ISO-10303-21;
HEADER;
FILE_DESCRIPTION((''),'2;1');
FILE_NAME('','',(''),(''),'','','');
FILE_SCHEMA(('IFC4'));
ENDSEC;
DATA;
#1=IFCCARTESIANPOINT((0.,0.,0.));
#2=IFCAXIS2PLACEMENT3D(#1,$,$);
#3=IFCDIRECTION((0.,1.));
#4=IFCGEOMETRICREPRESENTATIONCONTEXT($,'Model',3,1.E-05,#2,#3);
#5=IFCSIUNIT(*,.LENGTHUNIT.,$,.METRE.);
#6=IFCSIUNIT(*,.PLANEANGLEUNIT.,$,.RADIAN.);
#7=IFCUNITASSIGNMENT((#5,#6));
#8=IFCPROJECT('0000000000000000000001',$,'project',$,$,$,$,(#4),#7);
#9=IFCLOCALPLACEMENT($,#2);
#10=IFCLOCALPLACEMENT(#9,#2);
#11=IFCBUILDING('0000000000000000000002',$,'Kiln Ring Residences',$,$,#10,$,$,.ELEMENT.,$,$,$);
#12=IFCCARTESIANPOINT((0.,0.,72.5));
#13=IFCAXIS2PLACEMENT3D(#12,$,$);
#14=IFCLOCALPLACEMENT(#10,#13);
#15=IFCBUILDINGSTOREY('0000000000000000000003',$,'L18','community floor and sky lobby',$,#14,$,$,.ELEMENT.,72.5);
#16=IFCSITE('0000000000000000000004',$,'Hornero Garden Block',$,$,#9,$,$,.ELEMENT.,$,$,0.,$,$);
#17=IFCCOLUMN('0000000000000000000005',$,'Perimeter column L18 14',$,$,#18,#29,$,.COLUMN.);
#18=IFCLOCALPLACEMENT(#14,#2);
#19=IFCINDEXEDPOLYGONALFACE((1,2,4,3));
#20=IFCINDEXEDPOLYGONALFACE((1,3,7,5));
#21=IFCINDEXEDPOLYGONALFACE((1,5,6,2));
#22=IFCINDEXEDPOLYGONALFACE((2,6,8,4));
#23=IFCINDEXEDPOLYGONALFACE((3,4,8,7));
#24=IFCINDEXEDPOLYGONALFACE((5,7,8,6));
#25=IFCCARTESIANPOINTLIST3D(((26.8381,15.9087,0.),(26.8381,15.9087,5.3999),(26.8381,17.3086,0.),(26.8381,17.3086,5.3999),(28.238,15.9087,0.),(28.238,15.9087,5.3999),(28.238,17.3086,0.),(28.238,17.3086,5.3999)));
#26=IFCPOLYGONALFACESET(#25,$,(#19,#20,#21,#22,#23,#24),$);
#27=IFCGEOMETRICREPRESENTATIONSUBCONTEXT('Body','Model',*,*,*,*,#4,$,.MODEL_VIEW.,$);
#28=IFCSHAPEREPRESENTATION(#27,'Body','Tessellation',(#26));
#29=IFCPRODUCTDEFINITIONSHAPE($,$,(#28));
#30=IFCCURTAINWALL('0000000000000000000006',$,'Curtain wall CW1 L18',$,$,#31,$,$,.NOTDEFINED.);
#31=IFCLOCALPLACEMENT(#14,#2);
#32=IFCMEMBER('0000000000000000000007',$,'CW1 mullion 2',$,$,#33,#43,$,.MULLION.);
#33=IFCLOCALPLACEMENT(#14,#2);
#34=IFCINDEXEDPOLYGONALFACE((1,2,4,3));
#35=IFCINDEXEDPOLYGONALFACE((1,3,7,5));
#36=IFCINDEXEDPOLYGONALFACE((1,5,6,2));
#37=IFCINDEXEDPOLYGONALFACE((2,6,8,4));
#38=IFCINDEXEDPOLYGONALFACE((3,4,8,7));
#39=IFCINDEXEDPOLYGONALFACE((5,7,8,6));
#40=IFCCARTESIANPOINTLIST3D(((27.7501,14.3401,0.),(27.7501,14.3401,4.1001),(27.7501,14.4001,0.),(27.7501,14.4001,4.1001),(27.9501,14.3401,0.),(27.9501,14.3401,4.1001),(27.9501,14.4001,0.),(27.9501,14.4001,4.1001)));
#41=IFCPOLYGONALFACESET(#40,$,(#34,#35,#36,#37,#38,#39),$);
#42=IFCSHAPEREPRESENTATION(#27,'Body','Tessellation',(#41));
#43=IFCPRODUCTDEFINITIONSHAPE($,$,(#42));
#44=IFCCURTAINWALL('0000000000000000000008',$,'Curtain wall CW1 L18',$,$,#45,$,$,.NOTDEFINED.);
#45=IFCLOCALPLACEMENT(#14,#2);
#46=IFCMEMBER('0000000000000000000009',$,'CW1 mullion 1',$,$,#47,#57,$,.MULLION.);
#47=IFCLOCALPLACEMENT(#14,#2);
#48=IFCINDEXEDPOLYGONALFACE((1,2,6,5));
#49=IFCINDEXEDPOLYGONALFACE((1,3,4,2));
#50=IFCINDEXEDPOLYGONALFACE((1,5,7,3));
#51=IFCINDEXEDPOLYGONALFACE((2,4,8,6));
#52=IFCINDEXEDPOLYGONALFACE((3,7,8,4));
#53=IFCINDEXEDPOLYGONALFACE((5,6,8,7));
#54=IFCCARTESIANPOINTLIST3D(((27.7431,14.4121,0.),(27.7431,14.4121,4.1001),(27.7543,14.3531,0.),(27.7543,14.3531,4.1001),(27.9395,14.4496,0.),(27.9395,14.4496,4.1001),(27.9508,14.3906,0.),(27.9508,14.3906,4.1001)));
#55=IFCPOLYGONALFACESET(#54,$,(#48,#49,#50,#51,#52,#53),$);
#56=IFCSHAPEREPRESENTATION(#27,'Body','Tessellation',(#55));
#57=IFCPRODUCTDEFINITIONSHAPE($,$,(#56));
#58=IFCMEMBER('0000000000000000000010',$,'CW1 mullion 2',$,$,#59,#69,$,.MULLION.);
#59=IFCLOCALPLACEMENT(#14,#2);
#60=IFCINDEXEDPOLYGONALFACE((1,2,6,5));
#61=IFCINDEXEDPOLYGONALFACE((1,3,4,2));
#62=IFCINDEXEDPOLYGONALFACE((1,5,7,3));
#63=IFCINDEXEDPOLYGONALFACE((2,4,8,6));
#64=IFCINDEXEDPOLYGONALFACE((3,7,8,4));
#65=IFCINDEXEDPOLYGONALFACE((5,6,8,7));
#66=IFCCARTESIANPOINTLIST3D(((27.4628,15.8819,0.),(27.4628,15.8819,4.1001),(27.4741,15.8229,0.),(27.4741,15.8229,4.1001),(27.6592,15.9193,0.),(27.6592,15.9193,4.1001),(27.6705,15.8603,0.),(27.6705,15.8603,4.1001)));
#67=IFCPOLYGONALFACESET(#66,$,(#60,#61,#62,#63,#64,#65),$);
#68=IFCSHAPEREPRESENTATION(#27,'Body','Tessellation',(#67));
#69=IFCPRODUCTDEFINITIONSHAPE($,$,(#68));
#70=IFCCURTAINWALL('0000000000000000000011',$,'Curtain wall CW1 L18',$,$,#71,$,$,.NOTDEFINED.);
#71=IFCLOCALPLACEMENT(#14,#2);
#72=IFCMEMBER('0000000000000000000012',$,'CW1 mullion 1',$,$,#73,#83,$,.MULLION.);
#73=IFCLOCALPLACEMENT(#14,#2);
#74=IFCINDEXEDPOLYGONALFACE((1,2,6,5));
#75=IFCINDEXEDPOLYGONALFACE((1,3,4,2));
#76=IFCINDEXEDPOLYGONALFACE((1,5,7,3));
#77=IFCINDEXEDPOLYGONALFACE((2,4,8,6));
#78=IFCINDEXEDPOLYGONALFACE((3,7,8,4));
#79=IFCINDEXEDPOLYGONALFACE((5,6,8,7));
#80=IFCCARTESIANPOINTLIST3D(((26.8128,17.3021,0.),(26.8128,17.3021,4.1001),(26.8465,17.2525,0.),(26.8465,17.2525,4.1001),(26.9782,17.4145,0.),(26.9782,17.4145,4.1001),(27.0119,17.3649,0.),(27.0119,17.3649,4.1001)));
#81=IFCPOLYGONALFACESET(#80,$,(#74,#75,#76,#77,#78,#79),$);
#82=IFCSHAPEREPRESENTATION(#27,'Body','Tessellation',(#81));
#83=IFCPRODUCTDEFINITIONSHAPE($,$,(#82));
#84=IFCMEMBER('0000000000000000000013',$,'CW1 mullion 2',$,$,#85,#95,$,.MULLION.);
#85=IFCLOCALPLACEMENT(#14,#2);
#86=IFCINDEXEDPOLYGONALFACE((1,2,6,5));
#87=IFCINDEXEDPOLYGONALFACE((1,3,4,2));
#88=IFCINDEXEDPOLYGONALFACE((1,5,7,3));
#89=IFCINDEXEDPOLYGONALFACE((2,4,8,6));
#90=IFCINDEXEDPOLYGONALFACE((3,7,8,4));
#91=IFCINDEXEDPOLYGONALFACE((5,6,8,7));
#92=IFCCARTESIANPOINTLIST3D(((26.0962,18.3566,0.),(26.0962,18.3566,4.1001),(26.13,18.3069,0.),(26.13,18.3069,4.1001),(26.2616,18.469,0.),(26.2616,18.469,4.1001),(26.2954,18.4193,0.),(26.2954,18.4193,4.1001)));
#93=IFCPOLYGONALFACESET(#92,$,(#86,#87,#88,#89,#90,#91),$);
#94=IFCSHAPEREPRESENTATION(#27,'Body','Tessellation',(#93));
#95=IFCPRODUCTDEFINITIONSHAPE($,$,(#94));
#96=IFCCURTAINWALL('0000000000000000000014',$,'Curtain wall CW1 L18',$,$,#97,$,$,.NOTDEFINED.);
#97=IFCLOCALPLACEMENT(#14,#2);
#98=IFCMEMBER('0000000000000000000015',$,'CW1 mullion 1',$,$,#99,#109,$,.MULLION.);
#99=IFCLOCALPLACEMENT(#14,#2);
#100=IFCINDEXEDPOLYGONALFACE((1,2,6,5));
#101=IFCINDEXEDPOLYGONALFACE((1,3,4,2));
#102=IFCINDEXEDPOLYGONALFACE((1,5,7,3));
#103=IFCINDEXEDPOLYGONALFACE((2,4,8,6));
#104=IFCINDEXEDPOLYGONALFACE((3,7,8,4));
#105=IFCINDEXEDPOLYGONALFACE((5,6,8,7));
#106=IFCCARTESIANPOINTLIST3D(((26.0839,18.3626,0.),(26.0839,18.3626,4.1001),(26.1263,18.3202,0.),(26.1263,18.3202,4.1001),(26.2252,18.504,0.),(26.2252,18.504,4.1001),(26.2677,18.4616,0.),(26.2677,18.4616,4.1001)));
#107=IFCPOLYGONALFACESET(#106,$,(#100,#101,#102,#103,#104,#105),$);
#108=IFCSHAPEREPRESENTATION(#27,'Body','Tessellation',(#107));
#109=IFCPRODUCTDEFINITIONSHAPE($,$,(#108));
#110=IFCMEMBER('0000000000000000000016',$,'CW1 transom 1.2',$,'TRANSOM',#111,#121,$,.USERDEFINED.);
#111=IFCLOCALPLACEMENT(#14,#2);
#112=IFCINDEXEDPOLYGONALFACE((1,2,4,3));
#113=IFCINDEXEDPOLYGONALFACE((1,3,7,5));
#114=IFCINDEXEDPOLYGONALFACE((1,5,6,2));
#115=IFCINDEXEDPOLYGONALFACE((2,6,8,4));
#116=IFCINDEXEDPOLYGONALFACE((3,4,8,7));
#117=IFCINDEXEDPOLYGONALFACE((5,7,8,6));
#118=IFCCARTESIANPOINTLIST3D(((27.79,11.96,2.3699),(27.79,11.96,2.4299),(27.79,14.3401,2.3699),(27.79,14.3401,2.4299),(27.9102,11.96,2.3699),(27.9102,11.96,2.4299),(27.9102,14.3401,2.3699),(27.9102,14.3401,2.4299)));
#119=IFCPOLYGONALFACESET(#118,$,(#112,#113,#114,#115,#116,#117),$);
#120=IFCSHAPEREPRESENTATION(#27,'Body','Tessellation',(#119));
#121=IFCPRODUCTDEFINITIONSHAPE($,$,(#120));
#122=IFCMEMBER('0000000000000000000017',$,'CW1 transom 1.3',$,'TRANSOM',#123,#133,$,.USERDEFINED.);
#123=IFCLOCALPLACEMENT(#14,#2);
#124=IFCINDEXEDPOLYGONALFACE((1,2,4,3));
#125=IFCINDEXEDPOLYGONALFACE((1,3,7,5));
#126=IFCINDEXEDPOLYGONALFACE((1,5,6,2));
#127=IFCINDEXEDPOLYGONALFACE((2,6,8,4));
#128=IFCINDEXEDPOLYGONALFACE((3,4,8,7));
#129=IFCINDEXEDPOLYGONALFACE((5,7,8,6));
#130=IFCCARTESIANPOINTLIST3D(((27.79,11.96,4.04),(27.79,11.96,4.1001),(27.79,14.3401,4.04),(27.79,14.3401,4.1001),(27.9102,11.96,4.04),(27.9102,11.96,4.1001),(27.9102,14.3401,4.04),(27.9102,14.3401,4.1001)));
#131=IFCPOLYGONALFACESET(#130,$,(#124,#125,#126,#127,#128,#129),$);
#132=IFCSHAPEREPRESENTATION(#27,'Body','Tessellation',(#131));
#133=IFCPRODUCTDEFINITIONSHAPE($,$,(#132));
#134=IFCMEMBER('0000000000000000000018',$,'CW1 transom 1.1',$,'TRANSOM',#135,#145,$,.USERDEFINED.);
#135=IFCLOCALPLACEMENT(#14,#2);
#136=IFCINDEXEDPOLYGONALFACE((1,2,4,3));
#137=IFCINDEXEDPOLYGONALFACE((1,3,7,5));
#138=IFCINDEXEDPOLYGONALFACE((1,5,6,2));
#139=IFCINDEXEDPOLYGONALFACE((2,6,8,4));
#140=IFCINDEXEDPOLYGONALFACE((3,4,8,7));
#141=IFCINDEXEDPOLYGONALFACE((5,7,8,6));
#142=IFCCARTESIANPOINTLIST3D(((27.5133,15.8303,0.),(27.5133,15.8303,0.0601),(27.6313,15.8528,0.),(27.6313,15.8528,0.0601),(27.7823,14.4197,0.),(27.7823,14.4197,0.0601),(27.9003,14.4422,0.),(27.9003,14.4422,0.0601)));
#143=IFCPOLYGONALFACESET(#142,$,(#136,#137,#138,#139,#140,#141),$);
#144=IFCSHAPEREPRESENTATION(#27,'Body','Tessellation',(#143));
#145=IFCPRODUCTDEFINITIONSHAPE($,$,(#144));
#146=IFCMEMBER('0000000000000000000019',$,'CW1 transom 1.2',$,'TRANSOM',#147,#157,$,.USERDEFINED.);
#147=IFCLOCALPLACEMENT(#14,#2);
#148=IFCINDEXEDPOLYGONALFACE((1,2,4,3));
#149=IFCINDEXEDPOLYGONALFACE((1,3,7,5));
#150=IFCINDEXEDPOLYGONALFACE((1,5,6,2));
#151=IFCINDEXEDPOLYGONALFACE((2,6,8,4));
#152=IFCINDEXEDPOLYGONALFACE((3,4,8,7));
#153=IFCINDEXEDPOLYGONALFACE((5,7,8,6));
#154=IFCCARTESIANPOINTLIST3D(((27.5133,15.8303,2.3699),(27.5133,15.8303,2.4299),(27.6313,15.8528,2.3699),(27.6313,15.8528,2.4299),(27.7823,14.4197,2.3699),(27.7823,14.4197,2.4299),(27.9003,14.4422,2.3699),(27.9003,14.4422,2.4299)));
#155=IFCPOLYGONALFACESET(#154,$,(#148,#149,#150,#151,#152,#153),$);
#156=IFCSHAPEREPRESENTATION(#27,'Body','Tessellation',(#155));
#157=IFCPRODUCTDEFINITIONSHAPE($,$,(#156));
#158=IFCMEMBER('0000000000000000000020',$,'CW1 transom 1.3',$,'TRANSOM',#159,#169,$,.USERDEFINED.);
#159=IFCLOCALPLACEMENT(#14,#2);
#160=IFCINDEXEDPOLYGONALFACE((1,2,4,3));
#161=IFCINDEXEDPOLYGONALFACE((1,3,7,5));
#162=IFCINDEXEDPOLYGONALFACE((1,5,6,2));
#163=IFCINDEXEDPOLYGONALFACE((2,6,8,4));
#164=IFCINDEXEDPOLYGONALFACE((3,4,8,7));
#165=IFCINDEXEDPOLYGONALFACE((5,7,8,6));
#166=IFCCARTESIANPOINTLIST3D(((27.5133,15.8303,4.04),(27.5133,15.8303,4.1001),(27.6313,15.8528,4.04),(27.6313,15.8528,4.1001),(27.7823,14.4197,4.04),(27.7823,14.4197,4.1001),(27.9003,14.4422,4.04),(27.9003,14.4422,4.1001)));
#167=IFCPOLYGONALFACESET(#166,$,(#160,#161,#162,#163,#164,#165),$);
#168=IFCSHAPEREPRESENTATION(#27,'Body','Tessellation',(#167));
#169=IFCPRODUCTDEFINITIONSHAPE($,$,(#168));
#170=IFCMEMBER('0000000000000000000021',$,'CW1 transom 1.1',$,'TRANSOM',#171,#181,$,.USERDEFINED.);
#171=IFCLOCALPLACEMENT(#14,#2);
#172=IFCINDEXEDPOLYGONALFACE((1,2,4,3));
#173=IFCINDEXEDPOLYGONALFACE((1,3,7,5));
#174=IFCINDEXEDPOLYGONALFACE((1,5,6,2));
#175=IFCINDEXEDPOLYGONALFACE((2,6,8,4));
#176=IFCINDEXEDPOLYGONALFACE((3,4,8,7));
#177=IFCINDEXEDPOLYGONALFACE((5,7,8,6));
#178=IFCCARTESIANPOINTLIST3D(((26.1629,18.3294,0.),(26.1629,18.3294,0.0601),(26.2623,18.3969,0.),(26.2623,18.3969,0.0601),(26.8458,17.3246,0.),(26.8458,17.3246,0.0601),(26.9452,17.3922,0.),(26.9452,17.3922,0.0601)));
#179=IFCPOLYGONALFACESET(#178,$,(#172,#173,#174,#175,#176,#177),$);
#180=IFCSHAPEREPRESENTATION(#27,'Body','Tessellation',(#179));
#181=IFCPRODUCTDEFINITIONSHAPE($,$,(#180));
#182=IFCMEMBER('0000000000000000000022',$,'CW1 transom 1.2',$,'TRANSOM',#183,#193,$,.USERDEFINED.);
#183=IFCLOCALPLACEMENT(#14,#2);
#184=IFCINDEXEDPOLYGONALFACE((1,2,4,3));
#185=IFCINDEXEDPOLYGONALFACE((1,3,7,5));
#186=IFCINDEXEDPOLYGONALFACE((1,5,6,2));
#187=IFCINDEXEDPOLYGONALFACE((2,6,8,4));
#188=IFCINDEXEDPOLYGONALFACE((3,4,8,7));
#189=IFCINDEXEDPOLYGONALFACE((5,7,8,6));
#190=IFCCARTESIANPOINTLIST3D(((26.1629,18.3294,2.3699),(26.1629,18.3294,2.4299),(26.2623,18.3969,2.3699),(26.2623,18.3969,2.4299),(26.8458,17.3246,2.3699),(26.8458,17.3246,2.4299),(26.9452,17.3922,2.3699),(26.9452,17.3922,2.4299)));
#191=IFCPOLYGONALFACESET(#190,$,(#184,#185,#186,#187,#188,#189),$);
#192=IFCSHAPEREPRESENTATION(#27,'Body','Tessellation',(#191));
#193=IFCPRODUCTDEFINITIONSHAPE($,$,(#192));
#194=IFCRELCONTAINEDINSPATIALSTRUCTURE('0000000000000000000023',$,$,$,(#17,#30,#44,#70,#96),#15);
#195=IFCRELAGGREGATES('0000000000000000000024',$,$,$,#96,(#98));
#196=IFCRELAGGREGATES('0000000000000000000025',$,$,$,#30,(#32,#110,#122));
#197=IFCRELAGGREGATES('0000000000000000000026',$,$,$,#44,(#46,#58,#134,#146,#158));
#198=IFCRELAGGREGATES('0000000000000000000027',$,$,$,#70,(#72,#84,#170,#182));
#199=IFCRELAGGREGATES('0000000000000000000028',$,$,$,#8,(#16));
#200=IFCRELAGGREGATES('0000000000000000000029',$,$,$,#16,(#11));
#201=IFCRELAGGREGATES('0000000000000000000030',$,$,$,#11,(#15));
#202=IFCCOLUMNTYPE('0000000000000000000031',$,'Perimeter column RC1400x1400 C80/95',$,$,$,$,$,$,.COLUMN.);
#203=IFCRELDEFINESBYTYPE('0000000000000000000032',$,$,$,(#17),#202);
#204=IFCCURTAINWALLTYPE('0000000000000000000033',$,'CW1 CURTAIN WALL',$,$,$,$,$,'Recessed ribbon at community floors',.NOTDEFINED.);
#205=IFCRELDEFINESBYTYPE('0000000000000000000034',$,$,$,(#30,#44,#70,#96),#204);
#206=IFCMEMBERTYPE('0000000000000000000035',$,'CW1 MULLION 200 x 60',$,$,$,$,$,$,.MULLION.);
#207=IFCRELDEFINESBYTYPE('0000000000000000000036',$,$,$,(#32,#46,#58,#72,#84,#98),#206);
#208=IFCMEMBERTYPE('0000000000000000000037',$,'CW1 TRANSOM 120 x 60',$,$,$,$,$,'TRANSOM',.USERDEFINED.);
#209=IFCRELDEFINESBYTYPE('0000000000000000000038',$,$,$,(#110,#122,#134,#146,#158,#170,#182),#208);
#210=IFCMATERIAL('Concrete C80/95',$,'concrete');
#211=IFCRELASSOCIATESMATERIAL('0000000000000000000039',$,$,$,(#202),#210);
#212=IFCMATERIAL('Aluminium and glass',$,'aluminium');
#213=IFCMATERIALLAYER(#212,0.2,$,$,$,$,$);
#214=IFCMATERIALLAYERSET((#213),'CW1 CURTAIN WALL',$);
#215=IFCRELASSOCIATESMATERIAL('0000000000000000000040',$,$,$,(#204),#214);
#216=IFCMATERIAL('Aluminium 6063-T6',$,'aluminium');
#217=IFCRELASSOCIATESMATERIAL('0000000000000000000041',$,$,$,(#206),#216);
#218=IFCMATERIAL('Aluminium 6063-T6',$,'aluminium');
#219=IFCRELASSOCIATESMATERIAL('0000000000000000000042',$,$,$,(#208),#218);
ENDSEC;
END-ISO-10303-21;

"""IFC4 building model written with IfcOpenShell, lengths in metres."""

from ifc_helpers import new_model, si_unit, direction, frame, origin, origin_2d, place, context, subcontext, project, spatial, rectangle, extrude, material, layer, layer_set, material_profile, profile_set, type_object, element, aggregate, save


model = new_model("IFC4")

# Units and contexts
model_context = context("Model", 3, precision=1e-05, world=origin(), true_north=direction((0.0, 1.0)))
body_context = subcontext(model_context, "Body", "Model", "MODEL_VIEW")
ifc_project = project(units=[si_unit("LENGTHUNIT", "METRE"), si_unit("PLANEANGLEUNIT", "RADIAN")], contexts=[model_context])

# Site, building, storey
site_placement = place(None, origin())
site = spatial("IfcSite", under=ifc_project, at=site_placement, Name="Hornero Garden Block", CompositionType="ELEMENT", RefElevation=0.0)
building_placement = place(site_placement, origin())
building = spatial("IfcBuilding", under=site, at=building_placement, Name="Kiln Ring Residences", CompositionType="ELEMENT")
storey_placement = place(building_placement, frame((0.0, 0.0, 72.5)))
storey = spatial("IfcBuildingStorey", under=building, at=storey_placement, Name="L18", Description="community floor and sky lobby", CompositionType="ELEMENT", Elevation=72.5)

# Column
ifc_material_1 = material(Name="Concrete C80/95", Category="concrete")
ifc_material_profile_1 = material_profile(ifc_material_1, rectangle(XDim=1.3999, YDim=1.3999, at=origin_2d()), Name="RC1400x1400")
ifc_profile_set_1 = profile_set([ifc_material_profile_1], Name="Concrete C80/95")
column_type = type_object("IfcColumnType", Name="Perimeter column RC1400x1400 C80/95", PredefinedType="COLUMN", material=ifc_profile_set_1)
column_placement = place(storey_placement, frame((27.5381, 16.6086, 0.0), z_axis=(0.0, 0.0, 1.0), x_axis=(1.0, 0.0, 0.0)))
element("IfcColumn", 1, at=column_placement, inside=storey, type_object=column_type, Name="Perimeter column L18 14", PredefinedType="COLUMN", context=body_context, shape_type="SweptSolid", body=[
    extrude(rectangle(XDim=1.3999, YDim=1.3999, at=origin_2d()), origin(), (0.0, 0.0, 1.0), 5.3999),
])

# Curtain wall, member
ifc_material_2 = material(Name="Aluminium and glass", Category="aluminium")
ifc_layer_1 = layer(ifc_material_2, 0.2)
ifc_layer_set_1 = layer_set([ifc_layer_1], Name="CW1 CURTAIN WALL")
curtain_wall_type = type_object("IfcCurtainWallType", Name="CW1 CURTAIN WALL", ElementType="Recessed ribbon at community floors", PredefinedType="NOTDEFINED", material=ifc_layer_set_1)
placement = place(storey_placement, origin())
curtain_wall_1 = element("IfcCurtainWall", 2, at=placement, inside=storey, type_object=curtain_wall_type, Name="Curtain wall CW1 L18", PredefinedType="NOTDEFINED")
ifc_material_3 = material(Name="Aluminium 6063-T6", Category="aluminium")
ifc_material_profile_2 = material_profile(ifc_material_3, rectangle(XDim=0.2, YDim=0.0601, at=origin_2d()), Name="AL 200x60")
ifc_profile_set_2 = profile_set([ifc_material_profile_2], Name="Aluminium 6063-T6")
member_type_1 = type_object("IfcMemberType", Name="CW1 MULLION 200 x 60", PredefinedType="MULLION", material=ifc_profile_set_2)
member_1_placement = place(storey_placement, frame((27.8501, 14.3701, 0.0), z_axis=(0.0, 0.0, 1.0), x_axis=(-1.0, 0.0, 0.0)))
member_1 = element("IfcMember", 3, at=member_1_placement, type_object=member_type_1, Name="CW1 mullion 2", PredefinedType="MULLION", context=body_context, shape_type="SweptSolid", body=[
    extrude(rectangle(XDim=0.2, YDim=0.0601, at=origin_2d()), origin(), (0.0, 0.0, 1.0), 4.1001),
])

# Curtain walls, members
curtain_wall_2 = element("IfcCurtainWall", 4, at=placement, inside=storey, type_object=curtain_wall_type, Name="Curtain wall CW1 L18", PredefinedType="NOTDEFINED")
member_2_placement = place(storey_placement, frame((27.8469, 14.4014, 0.0), z_axis=(0.0, 0.0, 1.0), x_axis=(-0.98229, -0.187366, 0.0)))
member_2 = element("IfcMember", 5, at=member_2_placement, type_object=member_type_1, Name="CW1 mullion 1", PredefinedType="MULLION", context=body_context, shape_type="SweptSolid", body=[
    extrude(rectangle(XDim=0.2, YDim=0.0601, at=origin_2d()), origin(), (0.0, 0.0, 1.0), 4.1001),
])
member_3_placement = place(storey_placement, frame((27.5667, 15.8711, 0.0), z_axis=(0.0, 0.0, 1.0), x_axis=(-0.98229, -0.187366, 0.0)))
member_3 = element("IfcMember", 6, at=member_3_placement, type_object=member_type_1, Name="CW1 mullion 2", PredefinedType="MULLION", context=body_context, shape_type="SweptSolid", body=[
    extrude(rectangle(XDim=0.2, YDim=0.0601, at=origin_2d()), origin(), (0.0, 0.0, 1.0), 4.1001),
])
curtain_wall_3 = element("IfcCurtainWall", 7, at=placement, inside=storey, type_object=curtain_wall_type, Name="Curtain wall CW1 L18", PredefinedType="NOTDEFINED")
member_4_placement = place(storey_placement, frame((26.9124, 17.3335, 0.0), z_axis=(0.0, 0.0, 1.0), x_axis=(-0.827072, -0.562097, 0.0)))
member_4 = element("IfcMember", 8, at=member_4_placement, type_object=member_type_1, Name="CW1 mullion 1", PredefinedType="MULLION", context=body_context, shape_type="SweptSolid", body=[
    extrude(rectangle(XDim=0.2, YDim=0.0601, at=origin_2d()), origin(), (0.0, 0.0, 1.0), 4.1001),
])
member_5_placement = place(storey_placement, frame((26.1958, 18.3879, 0.0), z_axis=(0.0, 0.0, 1.0), x_axis=(-0.827072, -0.562097, 0.0)))
member_5 = element("IfcMember", 9, at=member_5_placement, type_object=member_type_1, Name="CW1 mullion 2", PredefinedType="MULLION", context=body_context, shape_type="SweptSolid", body=[
    extrude(rectangle(XDim=0.2, YDim=0.0601, at=origin_2d()), origin(), (0.0, 0.0, 1.0), 4.1001),
])

# Curtain wall, member
curtain_wall_4 = element("IfcCurtainWall", 10, at=placement, inside=storey, type_object=curtain_wall_type, Name="Curtain wall CW1 L18", PredefinedType="NOTDEFINED")
member_6_placement = place(storey_placement, frame((26.1758, 18.4121, 0.0), z_axis=(0.0, 0.0, 1.0), x_axis=(-0.707107, -0.707107, 0.0)))
member_6 = element("IfcMember", 11, at=member_6_placement, type_object=member_type_1, Name="CW1 mullion 1", PredefinedType="MULLION", context=body_context, shape_type="SweptSolid", body=[
    extrude(rectangle(XDim=0.2, YDim=0.0601, at=origin_2d()), origin(), (0.0, 0.0, 1.0), 4.1001),
])
aggregate(curtain_wall_4, [member_6])

# Members
ifc_material_4 = material(Name="Aluminium 6063-T6", Category="aluminium")
ifc_material_profile_3 = material_profile(ifc_material_4, rectangle(XDim=0.1201, YDim=0.0601, at=origin_2d()), Name="AL 120x60")
ifc_profile_set_3 = profile_set([ifc_material_profile_3], Name="Aluminium 6063-T6")
member_type_2 = type_object("IfcMemberType", Name="CW1 TRANSOM 120 x 60", ElementType="TRANSOM", PredefinedType="USERDEFINED", material=ifc_profile_set_3)
member_7_placement = place(storey_placement, frame((27.8501, 11.96, 2.3999), z_axis=(0.0, 1.0, 0.0), x_axis=(-1.0, 0.0, 0.0)))
member_7 = element("IfcMember", 12, at=member_7_placement, type_object=member_type_2, Name="CW1 transom 1.2", ObjectType="TRANSOM", PredefinedType="USERDEFINED", context=body_context, shape_type="SweptSolid", body=[
    extrude(rectangle(XDim=0.1201, YDim=0.0601, at=origin_2d()), origin(), (0.0, 0.0, 1.0), 2.3801),
])
member_8_placement = place(storey_placement, frame((27.8501, 11.96, 4.0701), z_axis=(0.0, 1.0, 0.0), x_axis=(-1.0, 0.0, 0.0)))
member_8 = element("IfcMember", 13, at=member_8_placement, type_object=member_type_2, Name="CW1 transom 1.3", ObjectType="TRANSOM", PredefinedType="USERDEFINED", context=body_context, shape_type="SweptSolid", body=[
    extrude(rectangle(XDim=0.1201, YDim=0.0601, at=origin_2d()), origin(), (0.0, 0.0, 1.0), 2.3801),
])
member_9_placement = place(storey_placement, frame((27.8413, 14.4309, 0.03), z_axis=(-0.187346, 0.982294, 0.0), x_axis=(-0.982294, -0.187346, 0.0)))
member_9 = element("IfcMember", 14, at=member_9_placement, type_object=member_type_2, Name="CW1 transom 1.1", ObjectType="TRANSOM", PredefinedType="USERDEFINED", context=body_context, shape_type="SweptSolid", body=[
    extrude(rectangle(XDim=0.1201, YDim=0.0601, at=origin_2d()), origin(), (0.0, 0.0, 1.0), 1.436),
])
member_10_placement = place(storey_placement, frame((27.8413, 14.4309, 2.3999), z_axis=(-0.187346, 0.982294, 0.0), x_axis=(-0.982294, -0.187346, 0.0)))
member_10 = element("IfcMember", 15, at=member_10_placement, type_object=member_type_2, Name="CW1 transom 1.2", ObjectType="TRANSOM", PredefinedType="USERDEFINED", context=body_context, shape_type="SweptSolid", body=[
    extrude(rectangle(XDim=0.1201, YDim=0.0601, at=origin_2d()), origin(), (0.0, 0.0, 1.0), 1.436),
])
member_11_placement = place(storey_placement, frame((27.8413, 14.4309, 4.0701), z_axis=(-0.187346, 0.982294, 0.0), x_axis=(-0.982294, -0.187346, 0.0)))
member_11 = element("IfcMember", 16, at=member_11_placement, type_object=member_type_2, Name="CW1 transom 1.3", ObjectType="TRANSOM", PredefinedType="USERDEFINED", context=body_context, shape_type="SweptSolid", body=[
    extrude(rectangle(XDim=0.1201, YDim=0.0601, at=origin_2d()), origin(), (0.0, 0.0, 1.0), 1.436),
])
member_12_placement = place(storey_placement, frame((26.8955, 17.3584, 0.03), z_axis=(-0.562145, 0.827039, 0.0), x_axis=(-0.827039, -0.562145, 0.0)))
member_12 = element("IfcMember", 17, at=member_12_placement, type_object=member_type_2, Name="CW1 transom 1.1", ObjectType="TRANSOM", PredefinedType="USERDEFINED", context=body_context, shape_type="SweptSolid", body=[
    extrude(rectangle(XDim=0.1201, YDim=0.0601, at=origin_2d()), origin(), (0.0, 0.0, 1.0), 1.2148),
])
member_13_placement = place(storey_placement, frame((26.8955, 17.3584, 2.3999), z_axis=(-0.562145, 0.827039, 0.0), x_axis=(-0.827039, -0.562145, 0.0)))
member_13 = element("IfcMember", 18, at=member_13_placement, type_object=member_type_2, Name="CW1 transom 1.2", ObjectType="TRANSOM", PredefinedType="USERDEFINED", context=body_context, shape_type="SweptSolid", body=[
    extrude(rectangle(XDim=0.1201, YDim=0.0601, at=origin_2d()), origin(), (0.0, 0.0, 1.0), 1.2148),
])

aggregate(curtain_wall_1, [member_1, member_7, member_8])
aggregate(curtain_wall_2, [member_2, member_3, member_9, member_10, member_11])
aggregate(curtain_wall_3, [member_4, member_5, member_12, member_13])

save(model, "model.ifc")
